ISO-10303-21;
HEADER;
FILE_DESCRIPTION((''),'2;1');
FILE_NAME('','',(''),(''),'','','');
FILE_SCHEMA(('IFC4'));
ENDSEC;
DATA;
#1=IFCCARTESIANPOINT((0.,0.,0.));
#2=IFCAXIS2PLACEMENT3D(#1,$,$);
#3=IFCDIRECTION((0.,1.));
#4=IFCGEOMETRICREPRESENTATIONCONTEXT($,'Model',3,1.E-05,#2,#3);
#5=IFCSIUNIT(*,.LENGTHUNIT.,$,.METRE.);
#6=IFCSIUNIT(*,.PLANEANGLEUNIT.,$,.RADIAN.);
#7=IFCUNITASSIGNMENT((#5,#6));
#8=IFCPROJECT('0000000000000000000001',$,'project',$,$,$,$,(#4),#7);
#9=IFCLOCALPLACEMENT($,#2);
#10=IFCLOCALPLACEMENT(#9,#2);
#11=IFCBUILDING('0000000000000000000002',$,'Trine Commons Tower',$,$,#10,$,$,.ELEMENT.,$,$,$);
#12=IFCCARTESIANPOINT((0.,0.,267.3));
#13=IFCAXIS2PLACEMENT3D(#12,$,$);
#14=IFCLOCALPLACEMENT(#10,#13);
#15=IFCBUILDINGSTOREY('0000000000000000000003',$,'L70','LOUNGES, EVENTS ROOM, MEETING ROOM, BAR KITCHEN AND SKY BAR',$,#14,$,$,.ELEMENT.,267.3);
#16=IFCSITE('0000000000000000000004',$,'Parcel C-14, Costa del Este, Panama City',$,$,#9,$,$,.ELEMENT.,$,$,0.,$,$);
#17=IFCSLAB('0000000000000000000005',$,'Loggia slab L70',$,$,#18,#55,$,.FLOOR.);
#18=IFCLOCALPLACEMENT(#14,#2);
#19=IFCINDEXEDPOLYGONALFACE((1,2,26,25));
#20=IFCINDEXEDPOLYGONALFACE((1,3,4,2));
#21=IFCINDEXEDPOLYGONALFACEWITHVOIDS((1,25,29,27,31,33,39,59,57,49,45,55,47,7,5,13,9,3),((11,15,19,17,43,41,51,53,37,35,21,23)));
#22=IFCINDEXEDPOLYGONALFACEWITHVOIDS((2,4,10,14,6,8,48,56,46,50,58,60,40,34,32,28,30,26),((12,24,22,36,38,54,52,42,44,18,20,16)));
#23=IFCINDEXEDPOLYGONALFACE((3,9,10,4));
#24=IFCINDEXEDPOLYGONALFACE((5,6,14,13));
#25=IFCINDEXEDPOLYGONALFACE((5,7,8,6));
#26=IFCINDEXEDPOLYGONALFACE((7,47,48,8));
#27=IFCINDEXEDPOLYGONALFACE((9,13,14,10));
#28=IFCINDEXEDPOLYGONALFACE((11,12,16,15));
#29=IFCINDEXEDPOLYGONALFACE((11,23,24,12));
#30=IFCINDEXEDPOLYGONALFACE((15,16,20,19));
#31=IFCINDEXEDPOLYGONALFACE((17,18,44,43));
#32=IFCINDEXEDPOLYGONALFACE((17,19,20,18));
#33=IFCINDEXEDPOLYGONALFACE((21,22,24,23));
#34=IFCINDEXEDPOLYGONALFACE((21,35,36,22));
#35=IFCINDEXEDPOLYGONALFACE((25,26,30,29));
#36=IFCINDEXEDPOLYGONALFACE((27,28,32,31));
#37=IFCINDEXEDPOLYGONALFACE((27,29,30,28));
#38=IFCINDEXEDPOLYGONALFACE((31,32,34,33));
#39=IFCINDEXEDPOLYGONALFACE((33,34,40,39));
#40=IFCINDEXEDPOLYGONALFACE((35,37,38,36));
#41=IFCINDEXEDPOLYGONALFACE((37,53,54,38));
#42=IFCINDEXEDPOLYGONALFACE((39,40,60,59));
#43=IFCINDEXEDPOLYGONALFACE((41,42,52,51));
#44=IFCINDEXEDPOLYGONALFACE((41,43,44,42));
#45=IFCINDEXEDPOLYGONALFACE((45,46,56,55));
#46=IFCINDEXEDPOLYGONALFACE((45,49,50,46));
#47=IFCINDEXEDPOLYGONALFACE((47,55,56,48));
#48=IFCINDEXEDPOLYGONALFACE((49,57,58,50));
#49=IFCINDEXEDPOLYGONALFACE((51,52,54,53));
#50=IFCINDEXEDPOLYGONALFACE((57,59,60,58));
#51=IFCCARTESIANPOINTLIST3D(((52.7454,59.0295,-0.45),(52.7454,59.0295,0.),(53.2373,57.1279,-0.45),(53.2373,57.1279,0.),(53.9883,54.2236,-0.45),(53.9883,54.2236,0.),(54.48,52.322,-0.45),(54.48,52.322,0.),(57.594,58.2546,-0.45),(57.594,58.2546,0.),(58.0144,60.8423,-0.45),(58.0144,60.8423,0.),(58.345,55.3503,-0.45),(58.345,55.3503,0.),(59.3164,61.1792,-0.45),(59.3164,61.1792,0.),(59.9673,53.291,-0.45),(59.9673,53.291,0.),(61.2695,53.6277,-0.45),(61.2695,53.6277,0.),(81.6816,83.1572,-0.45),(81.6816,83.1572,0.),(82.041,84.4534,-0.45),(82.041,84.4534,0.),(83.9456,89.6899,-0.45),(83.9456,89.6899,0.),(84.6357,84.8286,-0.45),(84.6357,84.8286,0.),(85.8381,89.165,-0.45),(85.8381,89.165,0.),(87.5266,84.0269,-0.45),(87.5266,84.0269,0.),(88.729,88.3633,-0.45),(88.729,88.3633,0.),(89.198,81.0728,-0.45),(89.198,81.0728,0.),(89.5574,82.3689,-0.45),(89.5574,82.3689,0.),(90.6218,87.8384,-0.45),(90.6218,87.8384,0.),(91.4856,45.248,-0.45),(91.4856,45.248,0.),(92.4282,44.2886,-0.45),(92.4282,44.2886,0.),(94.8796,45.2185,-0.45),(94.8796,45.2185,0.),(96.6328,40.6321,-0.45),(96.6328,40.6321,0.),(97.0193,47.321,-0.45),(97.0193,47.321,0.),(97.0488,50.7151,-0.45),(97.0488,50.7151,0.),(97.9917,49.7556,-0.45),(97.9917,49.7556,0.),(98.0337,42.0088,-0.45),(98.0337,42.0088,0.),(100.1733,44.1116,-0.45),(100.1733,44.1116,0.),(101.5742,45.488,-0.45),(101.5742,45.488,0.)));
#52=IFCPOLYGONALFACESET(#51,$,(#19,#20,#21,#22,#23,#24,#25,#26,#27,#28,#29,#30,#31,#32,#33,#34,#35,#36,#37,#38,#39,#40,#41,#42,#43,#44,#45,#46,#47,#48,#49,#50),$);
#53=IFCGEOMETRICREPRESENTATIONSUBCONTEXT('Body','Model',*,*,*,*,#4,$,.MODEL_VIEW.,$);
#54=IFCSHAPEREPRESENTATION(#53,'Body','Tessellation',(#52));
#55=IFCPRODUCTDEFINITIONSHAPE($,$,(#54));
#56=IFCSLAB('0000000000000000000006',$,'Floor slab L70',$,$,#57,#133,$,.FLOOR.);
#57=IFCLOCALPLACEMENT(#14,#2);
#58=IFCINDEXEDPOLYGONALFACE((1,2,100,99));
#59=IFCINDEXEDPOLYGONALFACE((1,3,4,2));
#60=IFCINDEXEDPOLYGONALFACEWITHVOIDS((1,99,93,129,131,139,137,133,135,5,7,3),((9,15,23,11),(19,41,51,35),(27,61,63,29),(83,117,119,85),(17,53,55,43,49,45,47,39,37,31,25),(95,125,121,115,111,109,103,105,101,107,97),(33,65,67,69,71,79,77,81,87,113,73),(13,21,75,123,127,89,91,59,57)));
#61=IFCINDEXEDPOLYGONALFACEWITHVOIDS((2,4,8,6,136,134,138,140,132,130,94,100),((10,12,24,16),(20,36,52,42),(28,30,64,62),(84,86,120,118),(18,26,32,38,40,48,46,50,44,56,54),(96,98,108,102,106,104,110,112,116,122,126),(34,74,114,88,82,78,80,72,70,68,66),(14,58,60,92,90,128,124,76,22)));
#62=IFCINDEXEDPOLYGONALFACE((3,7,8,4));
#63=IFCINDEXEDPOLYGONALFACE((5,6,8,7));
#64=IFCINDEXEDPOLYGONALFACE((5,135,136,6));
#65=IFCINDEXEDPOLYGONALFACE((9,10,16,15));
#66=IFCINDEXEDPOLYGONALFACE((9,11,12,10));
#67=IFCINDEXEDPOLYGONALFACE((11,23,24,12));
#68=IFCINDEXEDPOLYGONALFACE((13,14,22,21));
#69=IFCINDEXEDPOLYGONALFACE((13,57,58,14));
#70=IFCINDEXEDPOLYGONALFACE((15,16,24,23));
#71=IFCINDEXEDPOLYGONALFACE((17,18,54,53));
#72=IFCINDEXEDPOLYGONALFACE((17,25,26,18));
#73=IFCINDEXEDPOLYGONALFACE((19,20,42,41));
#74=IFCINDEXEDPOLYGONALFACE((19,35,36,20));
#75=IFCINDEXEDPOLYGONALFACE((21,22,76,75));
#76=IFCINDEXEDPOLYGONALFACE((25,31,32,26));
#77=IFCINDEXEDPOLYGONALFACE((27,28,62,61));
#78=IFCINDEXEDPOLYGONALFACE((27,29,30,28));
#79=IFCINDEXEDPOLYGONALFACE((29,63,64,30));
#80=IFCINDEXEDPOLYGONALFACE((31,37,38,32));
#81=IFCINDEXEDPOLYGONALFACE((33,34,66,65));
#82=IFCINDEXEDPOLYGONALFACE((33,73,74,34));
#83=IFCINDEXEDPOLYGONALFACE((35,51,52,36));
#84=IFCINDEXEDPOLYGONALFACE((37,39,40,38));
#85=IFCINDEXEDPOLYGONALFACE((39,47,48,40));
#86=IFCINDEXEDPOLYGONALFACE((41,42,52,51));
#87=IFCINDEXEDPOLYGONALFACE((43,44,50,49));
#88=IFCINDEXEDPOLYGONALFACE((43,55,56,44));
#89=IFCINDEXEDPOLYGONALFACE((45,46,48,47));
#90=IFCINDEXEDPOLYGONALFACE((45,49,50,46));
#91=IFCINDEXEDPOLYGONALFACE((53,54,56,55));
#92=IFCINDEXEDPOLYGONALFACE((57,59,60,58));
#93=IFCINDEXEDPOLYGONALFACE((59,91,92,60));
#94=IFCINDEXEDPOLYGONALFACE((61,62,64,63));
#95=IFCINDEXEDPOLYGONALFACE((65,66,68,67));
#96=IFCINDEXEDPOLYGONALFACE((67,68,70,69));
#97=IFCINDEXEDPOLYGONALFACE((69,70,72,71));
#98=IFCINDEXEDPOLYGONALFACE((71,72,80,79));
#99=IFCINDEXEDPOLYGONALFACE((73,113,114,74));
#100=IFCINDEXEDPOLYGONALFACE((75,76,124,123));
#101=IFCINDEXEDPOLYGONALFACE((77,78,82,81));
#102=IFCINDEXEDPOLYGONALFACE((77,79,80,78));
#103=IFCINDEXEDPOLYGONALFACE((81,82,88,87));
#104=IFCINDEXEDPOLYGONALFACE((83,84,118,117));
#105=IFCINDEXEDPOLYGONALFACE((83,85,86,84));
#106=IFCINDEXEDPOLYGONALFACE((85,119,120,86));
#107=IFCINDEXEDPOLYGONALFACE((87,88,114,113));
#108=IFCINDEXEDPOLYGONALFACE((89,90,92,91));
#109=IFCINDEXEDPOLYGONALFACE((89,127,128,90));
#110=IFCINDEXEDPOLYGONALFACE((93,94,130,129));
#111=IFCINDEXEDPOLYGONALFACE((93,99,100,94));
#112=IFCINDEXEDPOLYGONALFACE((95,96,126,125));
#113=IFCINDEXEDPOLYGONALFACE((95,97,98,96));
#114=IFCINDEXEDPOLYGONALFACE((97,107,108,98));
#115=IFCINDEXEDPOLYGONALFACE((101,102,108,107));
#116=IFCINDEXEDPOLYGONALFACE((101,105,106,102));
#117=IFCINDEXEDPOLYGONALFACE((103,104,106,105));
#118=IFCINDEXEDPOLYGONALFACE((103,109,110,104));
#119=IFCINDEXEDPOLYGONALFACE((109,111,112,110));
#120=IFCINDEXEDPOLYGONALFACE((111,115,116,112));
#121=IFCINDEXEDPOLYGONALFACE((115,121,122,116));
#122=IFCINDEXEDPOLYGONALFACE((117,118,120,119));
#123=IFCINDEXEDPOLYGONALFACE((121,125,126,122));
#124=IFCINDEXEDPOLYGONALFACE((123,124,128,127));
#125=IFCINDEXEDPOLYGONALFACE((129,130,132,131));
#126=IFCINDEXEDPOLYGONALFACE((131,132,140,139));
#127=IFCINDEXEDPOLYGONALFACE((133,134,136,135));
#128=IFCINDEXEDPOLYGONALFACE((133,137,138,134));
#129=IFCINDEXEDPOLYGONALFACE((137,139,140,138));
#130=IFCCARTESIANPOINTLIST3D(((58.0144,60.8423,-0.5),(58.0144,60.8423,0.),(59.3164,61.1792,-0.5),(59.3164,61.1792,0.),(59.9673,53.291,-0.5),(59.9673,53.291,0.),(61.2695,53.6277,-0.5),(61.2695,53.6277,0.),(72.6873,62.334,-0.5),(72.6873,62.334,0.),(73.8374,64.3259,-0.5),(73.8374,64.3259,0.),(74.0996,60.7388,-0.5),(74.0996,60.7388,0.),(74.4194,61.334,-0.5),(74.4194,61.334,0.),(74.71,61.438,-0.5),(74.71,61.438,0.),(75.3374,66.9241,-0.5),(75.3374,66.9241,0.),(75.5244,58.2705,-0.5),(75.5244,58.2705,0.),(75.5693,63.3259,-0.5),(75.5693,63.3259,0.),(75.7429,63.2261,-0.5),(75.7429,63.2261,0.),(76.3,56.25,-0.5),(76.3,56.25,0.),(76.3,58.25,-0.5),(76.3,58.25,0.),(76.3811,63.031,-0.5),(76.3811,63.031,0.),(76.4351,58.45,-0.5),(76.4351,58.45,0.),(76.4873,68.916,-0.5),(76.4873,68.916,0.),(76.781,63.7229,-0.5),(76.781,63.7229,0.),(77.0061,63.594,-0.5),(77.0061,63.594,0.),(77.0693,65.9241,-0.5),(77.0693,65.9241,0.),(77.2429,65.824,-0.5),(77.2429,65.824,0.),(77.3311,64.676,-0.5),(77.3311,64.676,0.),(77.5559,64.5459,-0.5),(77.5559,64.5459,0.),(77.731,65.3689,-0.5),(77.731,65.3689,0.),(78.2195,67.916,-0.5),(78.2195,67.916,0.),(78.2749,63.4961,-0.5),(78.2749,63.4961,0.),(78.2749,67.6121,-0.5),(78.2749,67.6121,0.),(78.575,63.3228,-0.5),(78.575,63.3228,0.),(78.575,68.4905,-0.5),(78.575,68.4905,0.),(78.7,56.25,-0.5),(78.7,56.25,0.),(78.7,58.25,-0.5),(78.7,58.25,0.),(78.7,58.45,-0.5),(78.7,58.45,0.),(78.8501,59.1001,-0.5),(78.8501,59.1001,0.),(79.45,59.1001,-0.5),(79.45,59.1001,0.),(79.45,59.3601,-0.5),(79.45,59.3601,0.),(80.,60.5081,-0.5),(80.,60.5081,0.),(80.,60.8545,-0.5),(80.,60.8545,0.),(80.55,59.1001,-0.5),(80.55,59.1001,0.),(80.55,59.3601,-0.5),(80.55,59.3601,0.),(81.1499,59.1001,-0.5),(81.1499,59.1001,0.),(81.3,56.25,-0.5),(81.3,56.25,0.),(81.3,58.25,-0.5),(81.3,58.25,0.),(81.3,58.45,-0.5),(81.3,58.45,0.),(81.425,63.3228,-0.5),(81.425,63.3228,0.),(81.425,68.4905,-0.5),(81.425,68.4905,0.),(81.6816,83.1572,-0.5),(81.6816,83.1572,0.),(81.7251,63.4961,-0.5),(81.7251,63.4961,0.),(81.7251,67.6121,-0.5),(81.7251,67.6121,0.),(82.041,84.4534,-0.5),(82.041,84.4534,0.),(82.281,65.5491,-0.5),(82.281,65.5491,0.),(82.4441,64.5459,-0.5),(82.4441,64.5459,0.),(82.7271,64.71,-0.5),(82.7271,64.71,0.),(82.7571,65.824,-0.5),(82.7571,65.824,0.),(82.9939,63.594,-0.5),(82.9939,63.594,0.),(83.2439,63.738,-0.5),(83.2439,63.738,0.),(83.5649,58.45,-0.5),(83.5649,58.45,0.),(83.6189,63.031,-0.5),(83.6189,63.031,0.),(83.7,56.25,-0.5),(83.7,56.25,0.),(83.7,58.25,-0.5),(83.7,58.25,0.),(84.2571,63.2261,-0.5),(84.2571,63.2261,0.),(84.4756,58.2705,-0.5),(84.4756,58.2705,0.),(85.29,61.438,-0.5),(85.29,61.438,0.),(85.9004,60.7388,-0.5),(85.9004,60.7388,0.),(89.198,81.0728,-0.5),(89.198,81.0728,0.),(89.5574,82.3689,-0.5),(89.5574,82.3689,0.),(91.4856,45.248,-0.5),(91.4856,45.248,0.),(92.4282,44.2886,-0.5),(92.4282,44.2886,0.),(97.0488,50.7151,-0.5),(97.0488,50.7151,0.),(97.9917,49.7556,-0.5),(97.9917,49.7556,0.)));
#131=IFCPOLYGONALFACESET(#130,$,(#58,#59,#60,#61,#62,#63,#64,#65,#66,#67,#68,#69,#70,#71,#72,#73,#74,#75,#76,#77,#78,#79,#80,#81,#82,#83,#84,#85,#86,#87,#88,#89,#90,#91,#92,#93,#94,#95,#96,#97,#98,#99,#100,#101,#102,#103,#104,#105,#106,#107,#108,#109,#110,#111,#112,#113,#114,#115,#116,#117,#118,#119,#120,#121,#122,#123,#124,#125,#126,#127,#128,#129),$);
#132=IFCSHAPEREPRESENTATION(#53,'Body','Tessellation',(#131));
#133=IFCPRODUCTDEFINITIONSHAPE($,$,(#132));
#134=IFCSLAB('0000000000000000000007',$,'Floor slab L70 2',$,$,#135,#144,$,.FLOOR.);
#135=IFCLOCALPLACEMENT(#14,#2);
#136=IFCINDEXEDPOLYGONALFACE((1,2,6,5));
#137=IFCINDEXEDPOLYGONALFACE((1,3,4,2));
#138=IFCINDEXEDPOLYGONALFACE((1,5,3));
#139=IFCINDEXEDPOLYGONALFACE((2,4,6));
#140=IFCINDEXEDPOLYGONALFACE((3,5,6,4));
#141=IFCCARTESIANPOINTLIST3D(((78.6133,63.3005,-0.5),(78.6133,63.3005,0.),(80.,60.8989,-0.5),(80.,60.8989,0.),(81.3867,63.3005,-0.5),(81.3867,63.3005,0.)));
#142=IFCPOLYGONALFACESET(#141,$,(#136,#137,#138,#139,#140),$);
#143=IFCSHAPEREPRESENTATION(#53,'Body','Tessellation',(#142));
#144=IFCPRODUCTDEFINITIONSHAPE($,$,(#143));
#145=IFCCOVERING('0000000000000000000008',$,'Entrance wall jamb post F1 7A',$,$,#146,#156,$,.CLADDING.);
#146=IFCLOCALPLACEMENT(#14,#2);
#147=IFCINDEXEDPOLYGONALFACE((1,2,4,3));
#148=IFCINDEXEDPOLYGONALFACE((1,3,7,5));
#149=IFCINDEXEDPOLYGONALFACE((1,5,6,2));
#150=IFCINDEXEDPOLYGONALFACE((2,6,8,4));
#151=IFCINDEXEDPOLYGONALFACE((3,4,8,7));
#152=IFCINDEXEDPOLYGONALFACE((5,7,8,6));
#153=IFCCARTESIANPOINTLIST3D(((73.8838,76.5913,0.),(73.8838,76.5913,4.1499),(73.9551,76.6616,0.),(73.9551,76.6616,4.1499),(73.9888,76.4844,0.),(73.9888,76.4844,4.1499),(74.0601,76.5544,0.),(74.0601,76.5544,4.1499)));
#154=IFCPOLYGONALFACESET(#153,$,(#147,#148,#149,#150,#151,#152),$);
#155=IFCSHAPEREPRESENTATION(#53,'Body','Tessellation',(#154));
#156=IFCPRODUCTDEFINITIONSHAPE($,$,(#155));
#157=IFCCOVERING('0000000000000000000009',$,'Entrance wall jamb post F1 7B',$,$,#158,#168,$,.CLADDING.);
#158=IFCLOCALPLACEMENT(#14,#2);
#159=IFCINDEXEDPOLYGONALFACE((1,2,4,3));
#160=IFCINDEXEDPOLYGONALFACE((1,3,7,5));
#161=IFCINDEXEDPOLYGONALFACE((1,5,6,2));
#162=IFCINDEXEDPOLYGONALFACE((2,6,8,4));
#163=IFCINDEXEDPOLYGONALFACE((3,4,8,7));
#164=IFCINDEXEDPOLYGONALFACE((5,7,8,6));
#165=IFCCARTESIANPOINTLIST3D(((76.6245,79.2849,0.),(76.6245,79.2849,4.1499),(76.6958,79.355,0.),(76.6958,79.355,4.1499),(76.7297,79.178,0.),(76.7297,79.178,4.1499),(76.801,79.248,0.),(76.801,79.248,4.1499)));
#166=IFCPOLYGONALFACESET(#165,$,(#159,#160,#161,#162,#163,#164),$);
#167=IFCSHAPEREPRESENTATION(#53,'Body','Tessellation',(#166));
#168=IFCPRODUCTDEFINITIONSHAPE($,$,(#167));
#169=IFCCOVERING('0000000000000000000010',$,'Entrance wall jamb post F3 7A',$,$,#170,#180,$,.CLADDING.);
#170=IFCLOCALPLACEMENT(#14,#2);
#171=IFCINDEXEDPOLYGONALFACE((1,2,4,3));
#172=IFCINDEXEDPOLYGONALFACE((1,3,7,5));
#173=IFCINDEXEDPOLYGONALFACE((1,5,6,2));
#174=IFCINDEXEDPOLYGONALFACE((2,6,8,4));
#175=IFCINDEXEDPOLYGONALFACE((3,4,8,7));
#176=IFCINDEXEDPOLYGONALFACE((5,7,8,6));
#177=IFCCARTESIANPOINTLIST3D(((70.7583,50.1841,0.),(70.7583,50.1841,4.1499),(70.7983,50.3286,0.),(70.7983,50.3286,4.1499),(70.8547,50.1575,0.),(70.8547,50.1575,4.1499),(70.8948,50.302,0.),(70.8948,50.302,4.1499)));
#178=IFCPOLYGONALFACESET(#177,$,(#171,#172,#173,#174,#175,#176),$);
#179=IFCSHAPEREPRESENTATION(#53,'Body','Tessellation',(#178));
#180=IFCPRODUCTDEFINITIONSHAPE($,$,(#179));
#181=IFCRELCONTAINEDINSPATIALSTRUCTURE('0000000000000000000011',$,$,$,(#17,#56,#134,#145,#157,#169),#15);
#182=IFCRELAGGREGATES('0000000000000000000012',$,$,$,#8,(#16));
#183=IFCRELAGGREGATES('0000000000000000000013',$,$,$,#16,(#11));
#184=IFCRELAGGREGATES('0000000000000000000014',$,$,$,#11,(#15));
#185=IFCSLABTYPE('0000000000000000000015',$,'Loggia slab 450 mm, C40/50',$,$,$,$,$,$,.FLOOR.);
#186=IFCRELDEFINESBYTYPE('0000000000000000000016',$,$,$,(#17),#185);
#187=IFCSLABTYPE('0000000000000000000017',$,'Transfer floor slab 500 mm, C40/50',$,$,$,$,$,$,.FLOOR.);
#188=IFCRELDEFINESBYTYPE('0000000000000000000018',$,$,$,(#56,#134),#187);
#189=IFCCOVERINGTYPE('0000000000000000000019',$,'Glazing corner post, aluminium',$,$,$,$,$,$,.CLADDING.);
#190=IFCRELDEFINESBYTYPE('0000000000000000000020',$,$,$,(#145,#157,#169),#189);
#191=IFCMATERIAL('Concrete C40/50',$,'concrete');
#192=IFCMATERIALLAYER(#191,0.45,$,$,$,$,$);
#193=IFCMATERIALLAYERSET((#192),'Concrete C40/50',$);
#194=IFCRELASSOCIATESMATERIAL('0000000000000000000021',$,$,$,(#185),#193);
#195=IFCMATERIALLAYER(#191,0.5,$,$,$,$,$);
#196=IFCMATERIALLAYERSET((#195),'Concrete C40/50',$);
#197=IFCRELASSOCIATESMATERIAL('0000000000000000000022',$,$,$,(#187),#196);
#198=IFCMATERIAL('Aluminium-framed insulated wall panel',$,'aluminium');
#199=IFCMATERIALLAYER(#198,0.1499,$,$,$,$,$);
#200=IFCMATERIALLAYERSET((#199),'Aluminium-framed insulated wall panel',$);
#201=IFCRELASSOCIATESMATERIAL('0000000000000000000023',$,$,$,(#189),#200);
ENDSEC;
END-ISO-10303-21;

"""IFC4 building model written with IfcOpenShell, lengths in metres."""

from ifc_helpers import new_model, si_unit, direction, frame, origin, place, context, subcontext, project, spatial, polyline, outline, extrude, material, layer, layer_set, type_object, element, save


model = new_model("IFC4")

# Units and contexts
model_context = context("Model", 3, precision=1e-05, world=origin(), true_north=direction((0.0, 1.0)))
body_context = subcontext(model_context, "Body", "Model", "MODEL_VIEW")
ifc_project = project(units=[si_unit("LENGTHUNIT", "METRE"), si_unit("PLANEANGLEUNIT", "RADIAN")], contexts=[model_context])

# Site, building, storey
site_placement = place(None, origin())
site = spatial("IfcSite", under=ifc_project, at=site_placement, Name="Parcel C-14, Costa del Este, Panama City", CompositionType="ELEMENT", RefElevation=0.0)
building_placement = place(site_placement, origin())
building = spatial("IfcBuilding", under=site, at=building_placement, Name="Trine Commons Tower", CompositionType="ELEMENT")
storey_placement = place(building_placement, frame((0.0, 0.0, 267.3)))
storey = spatial("IfcBuildingStorey", under=building, at=storey_placement, Name="L70", Description="LOUNGES, EVENTS ROOM, MEETING ROOM, BAR KITCHEN AND SKY BAR", CompositionType="ELEMENT", Elevation=267.3)

# Slabs
ifc_material_1 = material(Name="Concrete C40/50", Category="concrete")
ifc_layer_1 = layer(ifc_material_1, 0.45)
ifc_layer_set_1 = layer_set([ifc_layer_1], Name="Concrete C40/50")
slab_type_1 = type_object("IfcSlabType", Name="Loggia slab 450 mm, C40/50", PredefinedType="FLOOR", material=ifc_layer_set_1)
slab_1_placement = place(storey_placement, frame((0.0, 0.0, -0.45)))
element("IfcSlab", 1, at=slab_1_placement, inside=storey, type_object=slab_type_1, Name="Loggia slab L70", PredefinedType="FLOOR", context=body_context, shape_type="SweptSolid", body=[
    extrude(outline(polyline([(101.5742, 45.488), (90.6218, 87.8384), (88.729, 88.3633), (87.5266, 84.0269), (84.6357, 84.8286), (85.8381, 89.165), (83.9456, 89.6899), (52.7454, 59.0295), (53.2373, 57.1279), (57.594, 58.2546), (58.345, 55.3503), (53.9883, 54.2236), (54.48, 52.322), (96.6328, 40.6321), (98.0337, 42.0088), (94.8796, 45.2185), (97.0193, 47.321), (100.1733, 44.1116), (101.5742, 45.488)]), holes=[polyline([(59.3164, 61.1792), (61.2695, 53.6277), (59.9673, 53.291), (92.4282, 44.2886), (91.4856, 45.248), (97.0488, 50.7151), (97.9917, 49.7556), (89.5574, 82.3689), (89.198, 81.0728), (81.6816, 83.1572), (82.041, 84.4534), (58.0144, 60.8423), (59.3164, 61.1792)])]), origin(), (0.0, 0.0, 1.0), 0.45),
])
ifc_layer_2 = layer(ifc_material_1, 0.5)
ifc_layer_set_2 = layer_set([ifc_layer_2], Name="Concrete C40/50")
slab_type_2 = type_object("IfcSlabType", Name="Transfer floor slab 500 mm, C40/50", PredefinedType="FLOOR", material=ifc_layer_set_2)
slab_2_placement = place(storey_placement, frame((0.0, 0.0, -0.5)))
element("IfcSlab", 2, at=slab_2_placement, inside=storey, type_object=slab_type_2, Name="Floor slab L70", PredefinedType="FLOOR", context=body_context, shape_type="SweptSolid", body=[
    extrude(outline(polyline([(58.0144, 60.8423), (59.3164, 61.1792), (61.2695, 53.6277), (59.9673, 53.291), (92.4282, 44.2886), (91.4856, 45.248), (97.0488, 50.7151), (97.9917, 49.7556), (89.5574, 82.3689), (89.198, 81.0728), (81.6816, 83.1572), (82.041, 84.4534), (58.0144, 60.8423)]), holes=[polyline([(78.7, 56.25), (78.7, 58.25), (76.3, 58.25), (76.3, 56.25), (78.7, 56.25)]), polyline([(83.7, 56.25), (83.7, 58.25), (81.3, 58.25), (81.3, 56.25), (83.7, 56.25)]), polyline([(81.3, 58.45), (83.5649, 58.45), (80.0, 60.5081), (76.4351, 58.45), (78.7, 58.45), (78.8501, 59.1001), (79.45, 59.1001), (79.45, 59.3601), (80.55, 59.3601), (80.55, 59.1001), (81.1499, 59.1001), (81.3, 58.45)]), polyline([(81.425, 63.3228), (81.425, 68.4905), (78.575, 68.4905), (78.575, 63.3228), (74.0996, 60.7388), (75.5244, 58.2705), (80.0, 60.8545), (84.4756, 58.2705), (85.9004, 60.7388), (81.425, 63.3228)]), polyline([(72.6873, 62.334), (74.4194, 61.334), (75.5693, 63.3259), (73.8374, 64.3259), (72.6873, 62.334)]), polyline([(76.3811, 63.031), (75.7429, 63.2261), (74.71, 61.438), (78.2749, 63.4961), (78.2749, 67.6121), (77.2429, 65.824), (77.731, 65.3689), (77.3311, 64.676), (77.5559, 64.5459), (77.0061, 63.594), (76.781, 63.7229), (76.3811, 63.031)]), polyline([(82.9939, 63.594), (82.4441, 64.5459), (82.7271, 64.71), (82.281, 65.5491), (82.7571, 65.824), (81.7251, 67.6121), (81.7251, 63.4961), (85.29, 61.438), (84.2571, 63.2261), (83.6189, 63.031), (83.2439, 63.738), (82.9939, 63.594)]), polyline([(76.4873, 68.916), (75.3374, 66.9241), (77.0693, 65.9241), (78.2195, 67.916), (76.4873, 68.916)])]), origin(), (0.0, 0.0, 1.0), 0.5),
])
slab_3_placement = place(storey_placement, frame((0.0, 0.0, -0.5)))
element("IfcSlab", 3, at=slab_3_placement, inside=storey, type_object=slab_type_2, Name="Floor slab L70 2", PredefinedType="FLOOR", context=body_context, shape_type="SweptSolid", body=[
    extrude(outline(polyline([(81.3867, 63.3005), (78.6133, 63.3005), (80.0, 60.8989), (81.3867, 63.3005)])), origin(), (0.0, 0.0, 1.0), 0.5),
])

# Coverings
ifc_material_2 = material(Name="Aluminium-framed insulated wall panel", Category="aluminium")
ifc_layer_3 = layer(ifc_material_2, 0.1499)
ifc_layer_set_3 = layer_set([ifc_layer_3], Name="Aluminium-framed insulated wall panel")
covering_type_1 = type_object("IfcCoveringType", Name="Glazing corner post, aluminium", PredefinedType="CLADDING", material=ifc_layer_set_3)
covering_1_placement = place(storey_placement, origin())
element("IfcCovering", 4, at=covering_1_placement, inside=storey, type_object=covering_type_1, Name="Entrance wall jamb post F1 7A", PredefinedType="CLADDING", context=body_context, shape_type="SweptSolid", body=[
    extrude(outline(polyline([(73.8838, 76.5913), (73.9551, 76.6616), (74.0601, 76.5544), (73.9888, 76.4844), (73.8838, 76.5913)])), origin(), (0.0, 0.0, 1.0), 4.1499),
])
covering_2_placement = place(storey_placement, origin())
element("IfcCovering", 5, at=covering_2_placement, inside=storey, type_object=covering_type_1, Name="Entrance wall jamb post F1 7B", PredefinedType="CLADDING", context=body_context, shape_type="SweptSolid", body=[
    extrude(outline(polyline([(76.6245, 79.2849), (76.6958, 79.355), (76.801, 79.248), (76.7297, 79.178), (76.6245, 79.2849)])), origin(), (0.0, 0.0, 1.0), 4.1499),
])
covering_3_placement = place(storey_placement, origin())
element("IfcCovering", 6, at=covering_3_placement, inside=storey, type_object=covering_type_1, Name="Entrance wall jamb post F3 7A", PredefinedType="CLADDING", context=body_context, shape_type="SweptSolid", body=[
    extrude(outline(polyline([(70.8547, 50.1575), (70.7583, 50.1841), (70.7983, 50.3286), (70.8948, 50.302), (70.8547, 50.1575)])), origin(), (0.0, 0.0, 1.0), 4.1499),
])

save(model, "model.ifc")
